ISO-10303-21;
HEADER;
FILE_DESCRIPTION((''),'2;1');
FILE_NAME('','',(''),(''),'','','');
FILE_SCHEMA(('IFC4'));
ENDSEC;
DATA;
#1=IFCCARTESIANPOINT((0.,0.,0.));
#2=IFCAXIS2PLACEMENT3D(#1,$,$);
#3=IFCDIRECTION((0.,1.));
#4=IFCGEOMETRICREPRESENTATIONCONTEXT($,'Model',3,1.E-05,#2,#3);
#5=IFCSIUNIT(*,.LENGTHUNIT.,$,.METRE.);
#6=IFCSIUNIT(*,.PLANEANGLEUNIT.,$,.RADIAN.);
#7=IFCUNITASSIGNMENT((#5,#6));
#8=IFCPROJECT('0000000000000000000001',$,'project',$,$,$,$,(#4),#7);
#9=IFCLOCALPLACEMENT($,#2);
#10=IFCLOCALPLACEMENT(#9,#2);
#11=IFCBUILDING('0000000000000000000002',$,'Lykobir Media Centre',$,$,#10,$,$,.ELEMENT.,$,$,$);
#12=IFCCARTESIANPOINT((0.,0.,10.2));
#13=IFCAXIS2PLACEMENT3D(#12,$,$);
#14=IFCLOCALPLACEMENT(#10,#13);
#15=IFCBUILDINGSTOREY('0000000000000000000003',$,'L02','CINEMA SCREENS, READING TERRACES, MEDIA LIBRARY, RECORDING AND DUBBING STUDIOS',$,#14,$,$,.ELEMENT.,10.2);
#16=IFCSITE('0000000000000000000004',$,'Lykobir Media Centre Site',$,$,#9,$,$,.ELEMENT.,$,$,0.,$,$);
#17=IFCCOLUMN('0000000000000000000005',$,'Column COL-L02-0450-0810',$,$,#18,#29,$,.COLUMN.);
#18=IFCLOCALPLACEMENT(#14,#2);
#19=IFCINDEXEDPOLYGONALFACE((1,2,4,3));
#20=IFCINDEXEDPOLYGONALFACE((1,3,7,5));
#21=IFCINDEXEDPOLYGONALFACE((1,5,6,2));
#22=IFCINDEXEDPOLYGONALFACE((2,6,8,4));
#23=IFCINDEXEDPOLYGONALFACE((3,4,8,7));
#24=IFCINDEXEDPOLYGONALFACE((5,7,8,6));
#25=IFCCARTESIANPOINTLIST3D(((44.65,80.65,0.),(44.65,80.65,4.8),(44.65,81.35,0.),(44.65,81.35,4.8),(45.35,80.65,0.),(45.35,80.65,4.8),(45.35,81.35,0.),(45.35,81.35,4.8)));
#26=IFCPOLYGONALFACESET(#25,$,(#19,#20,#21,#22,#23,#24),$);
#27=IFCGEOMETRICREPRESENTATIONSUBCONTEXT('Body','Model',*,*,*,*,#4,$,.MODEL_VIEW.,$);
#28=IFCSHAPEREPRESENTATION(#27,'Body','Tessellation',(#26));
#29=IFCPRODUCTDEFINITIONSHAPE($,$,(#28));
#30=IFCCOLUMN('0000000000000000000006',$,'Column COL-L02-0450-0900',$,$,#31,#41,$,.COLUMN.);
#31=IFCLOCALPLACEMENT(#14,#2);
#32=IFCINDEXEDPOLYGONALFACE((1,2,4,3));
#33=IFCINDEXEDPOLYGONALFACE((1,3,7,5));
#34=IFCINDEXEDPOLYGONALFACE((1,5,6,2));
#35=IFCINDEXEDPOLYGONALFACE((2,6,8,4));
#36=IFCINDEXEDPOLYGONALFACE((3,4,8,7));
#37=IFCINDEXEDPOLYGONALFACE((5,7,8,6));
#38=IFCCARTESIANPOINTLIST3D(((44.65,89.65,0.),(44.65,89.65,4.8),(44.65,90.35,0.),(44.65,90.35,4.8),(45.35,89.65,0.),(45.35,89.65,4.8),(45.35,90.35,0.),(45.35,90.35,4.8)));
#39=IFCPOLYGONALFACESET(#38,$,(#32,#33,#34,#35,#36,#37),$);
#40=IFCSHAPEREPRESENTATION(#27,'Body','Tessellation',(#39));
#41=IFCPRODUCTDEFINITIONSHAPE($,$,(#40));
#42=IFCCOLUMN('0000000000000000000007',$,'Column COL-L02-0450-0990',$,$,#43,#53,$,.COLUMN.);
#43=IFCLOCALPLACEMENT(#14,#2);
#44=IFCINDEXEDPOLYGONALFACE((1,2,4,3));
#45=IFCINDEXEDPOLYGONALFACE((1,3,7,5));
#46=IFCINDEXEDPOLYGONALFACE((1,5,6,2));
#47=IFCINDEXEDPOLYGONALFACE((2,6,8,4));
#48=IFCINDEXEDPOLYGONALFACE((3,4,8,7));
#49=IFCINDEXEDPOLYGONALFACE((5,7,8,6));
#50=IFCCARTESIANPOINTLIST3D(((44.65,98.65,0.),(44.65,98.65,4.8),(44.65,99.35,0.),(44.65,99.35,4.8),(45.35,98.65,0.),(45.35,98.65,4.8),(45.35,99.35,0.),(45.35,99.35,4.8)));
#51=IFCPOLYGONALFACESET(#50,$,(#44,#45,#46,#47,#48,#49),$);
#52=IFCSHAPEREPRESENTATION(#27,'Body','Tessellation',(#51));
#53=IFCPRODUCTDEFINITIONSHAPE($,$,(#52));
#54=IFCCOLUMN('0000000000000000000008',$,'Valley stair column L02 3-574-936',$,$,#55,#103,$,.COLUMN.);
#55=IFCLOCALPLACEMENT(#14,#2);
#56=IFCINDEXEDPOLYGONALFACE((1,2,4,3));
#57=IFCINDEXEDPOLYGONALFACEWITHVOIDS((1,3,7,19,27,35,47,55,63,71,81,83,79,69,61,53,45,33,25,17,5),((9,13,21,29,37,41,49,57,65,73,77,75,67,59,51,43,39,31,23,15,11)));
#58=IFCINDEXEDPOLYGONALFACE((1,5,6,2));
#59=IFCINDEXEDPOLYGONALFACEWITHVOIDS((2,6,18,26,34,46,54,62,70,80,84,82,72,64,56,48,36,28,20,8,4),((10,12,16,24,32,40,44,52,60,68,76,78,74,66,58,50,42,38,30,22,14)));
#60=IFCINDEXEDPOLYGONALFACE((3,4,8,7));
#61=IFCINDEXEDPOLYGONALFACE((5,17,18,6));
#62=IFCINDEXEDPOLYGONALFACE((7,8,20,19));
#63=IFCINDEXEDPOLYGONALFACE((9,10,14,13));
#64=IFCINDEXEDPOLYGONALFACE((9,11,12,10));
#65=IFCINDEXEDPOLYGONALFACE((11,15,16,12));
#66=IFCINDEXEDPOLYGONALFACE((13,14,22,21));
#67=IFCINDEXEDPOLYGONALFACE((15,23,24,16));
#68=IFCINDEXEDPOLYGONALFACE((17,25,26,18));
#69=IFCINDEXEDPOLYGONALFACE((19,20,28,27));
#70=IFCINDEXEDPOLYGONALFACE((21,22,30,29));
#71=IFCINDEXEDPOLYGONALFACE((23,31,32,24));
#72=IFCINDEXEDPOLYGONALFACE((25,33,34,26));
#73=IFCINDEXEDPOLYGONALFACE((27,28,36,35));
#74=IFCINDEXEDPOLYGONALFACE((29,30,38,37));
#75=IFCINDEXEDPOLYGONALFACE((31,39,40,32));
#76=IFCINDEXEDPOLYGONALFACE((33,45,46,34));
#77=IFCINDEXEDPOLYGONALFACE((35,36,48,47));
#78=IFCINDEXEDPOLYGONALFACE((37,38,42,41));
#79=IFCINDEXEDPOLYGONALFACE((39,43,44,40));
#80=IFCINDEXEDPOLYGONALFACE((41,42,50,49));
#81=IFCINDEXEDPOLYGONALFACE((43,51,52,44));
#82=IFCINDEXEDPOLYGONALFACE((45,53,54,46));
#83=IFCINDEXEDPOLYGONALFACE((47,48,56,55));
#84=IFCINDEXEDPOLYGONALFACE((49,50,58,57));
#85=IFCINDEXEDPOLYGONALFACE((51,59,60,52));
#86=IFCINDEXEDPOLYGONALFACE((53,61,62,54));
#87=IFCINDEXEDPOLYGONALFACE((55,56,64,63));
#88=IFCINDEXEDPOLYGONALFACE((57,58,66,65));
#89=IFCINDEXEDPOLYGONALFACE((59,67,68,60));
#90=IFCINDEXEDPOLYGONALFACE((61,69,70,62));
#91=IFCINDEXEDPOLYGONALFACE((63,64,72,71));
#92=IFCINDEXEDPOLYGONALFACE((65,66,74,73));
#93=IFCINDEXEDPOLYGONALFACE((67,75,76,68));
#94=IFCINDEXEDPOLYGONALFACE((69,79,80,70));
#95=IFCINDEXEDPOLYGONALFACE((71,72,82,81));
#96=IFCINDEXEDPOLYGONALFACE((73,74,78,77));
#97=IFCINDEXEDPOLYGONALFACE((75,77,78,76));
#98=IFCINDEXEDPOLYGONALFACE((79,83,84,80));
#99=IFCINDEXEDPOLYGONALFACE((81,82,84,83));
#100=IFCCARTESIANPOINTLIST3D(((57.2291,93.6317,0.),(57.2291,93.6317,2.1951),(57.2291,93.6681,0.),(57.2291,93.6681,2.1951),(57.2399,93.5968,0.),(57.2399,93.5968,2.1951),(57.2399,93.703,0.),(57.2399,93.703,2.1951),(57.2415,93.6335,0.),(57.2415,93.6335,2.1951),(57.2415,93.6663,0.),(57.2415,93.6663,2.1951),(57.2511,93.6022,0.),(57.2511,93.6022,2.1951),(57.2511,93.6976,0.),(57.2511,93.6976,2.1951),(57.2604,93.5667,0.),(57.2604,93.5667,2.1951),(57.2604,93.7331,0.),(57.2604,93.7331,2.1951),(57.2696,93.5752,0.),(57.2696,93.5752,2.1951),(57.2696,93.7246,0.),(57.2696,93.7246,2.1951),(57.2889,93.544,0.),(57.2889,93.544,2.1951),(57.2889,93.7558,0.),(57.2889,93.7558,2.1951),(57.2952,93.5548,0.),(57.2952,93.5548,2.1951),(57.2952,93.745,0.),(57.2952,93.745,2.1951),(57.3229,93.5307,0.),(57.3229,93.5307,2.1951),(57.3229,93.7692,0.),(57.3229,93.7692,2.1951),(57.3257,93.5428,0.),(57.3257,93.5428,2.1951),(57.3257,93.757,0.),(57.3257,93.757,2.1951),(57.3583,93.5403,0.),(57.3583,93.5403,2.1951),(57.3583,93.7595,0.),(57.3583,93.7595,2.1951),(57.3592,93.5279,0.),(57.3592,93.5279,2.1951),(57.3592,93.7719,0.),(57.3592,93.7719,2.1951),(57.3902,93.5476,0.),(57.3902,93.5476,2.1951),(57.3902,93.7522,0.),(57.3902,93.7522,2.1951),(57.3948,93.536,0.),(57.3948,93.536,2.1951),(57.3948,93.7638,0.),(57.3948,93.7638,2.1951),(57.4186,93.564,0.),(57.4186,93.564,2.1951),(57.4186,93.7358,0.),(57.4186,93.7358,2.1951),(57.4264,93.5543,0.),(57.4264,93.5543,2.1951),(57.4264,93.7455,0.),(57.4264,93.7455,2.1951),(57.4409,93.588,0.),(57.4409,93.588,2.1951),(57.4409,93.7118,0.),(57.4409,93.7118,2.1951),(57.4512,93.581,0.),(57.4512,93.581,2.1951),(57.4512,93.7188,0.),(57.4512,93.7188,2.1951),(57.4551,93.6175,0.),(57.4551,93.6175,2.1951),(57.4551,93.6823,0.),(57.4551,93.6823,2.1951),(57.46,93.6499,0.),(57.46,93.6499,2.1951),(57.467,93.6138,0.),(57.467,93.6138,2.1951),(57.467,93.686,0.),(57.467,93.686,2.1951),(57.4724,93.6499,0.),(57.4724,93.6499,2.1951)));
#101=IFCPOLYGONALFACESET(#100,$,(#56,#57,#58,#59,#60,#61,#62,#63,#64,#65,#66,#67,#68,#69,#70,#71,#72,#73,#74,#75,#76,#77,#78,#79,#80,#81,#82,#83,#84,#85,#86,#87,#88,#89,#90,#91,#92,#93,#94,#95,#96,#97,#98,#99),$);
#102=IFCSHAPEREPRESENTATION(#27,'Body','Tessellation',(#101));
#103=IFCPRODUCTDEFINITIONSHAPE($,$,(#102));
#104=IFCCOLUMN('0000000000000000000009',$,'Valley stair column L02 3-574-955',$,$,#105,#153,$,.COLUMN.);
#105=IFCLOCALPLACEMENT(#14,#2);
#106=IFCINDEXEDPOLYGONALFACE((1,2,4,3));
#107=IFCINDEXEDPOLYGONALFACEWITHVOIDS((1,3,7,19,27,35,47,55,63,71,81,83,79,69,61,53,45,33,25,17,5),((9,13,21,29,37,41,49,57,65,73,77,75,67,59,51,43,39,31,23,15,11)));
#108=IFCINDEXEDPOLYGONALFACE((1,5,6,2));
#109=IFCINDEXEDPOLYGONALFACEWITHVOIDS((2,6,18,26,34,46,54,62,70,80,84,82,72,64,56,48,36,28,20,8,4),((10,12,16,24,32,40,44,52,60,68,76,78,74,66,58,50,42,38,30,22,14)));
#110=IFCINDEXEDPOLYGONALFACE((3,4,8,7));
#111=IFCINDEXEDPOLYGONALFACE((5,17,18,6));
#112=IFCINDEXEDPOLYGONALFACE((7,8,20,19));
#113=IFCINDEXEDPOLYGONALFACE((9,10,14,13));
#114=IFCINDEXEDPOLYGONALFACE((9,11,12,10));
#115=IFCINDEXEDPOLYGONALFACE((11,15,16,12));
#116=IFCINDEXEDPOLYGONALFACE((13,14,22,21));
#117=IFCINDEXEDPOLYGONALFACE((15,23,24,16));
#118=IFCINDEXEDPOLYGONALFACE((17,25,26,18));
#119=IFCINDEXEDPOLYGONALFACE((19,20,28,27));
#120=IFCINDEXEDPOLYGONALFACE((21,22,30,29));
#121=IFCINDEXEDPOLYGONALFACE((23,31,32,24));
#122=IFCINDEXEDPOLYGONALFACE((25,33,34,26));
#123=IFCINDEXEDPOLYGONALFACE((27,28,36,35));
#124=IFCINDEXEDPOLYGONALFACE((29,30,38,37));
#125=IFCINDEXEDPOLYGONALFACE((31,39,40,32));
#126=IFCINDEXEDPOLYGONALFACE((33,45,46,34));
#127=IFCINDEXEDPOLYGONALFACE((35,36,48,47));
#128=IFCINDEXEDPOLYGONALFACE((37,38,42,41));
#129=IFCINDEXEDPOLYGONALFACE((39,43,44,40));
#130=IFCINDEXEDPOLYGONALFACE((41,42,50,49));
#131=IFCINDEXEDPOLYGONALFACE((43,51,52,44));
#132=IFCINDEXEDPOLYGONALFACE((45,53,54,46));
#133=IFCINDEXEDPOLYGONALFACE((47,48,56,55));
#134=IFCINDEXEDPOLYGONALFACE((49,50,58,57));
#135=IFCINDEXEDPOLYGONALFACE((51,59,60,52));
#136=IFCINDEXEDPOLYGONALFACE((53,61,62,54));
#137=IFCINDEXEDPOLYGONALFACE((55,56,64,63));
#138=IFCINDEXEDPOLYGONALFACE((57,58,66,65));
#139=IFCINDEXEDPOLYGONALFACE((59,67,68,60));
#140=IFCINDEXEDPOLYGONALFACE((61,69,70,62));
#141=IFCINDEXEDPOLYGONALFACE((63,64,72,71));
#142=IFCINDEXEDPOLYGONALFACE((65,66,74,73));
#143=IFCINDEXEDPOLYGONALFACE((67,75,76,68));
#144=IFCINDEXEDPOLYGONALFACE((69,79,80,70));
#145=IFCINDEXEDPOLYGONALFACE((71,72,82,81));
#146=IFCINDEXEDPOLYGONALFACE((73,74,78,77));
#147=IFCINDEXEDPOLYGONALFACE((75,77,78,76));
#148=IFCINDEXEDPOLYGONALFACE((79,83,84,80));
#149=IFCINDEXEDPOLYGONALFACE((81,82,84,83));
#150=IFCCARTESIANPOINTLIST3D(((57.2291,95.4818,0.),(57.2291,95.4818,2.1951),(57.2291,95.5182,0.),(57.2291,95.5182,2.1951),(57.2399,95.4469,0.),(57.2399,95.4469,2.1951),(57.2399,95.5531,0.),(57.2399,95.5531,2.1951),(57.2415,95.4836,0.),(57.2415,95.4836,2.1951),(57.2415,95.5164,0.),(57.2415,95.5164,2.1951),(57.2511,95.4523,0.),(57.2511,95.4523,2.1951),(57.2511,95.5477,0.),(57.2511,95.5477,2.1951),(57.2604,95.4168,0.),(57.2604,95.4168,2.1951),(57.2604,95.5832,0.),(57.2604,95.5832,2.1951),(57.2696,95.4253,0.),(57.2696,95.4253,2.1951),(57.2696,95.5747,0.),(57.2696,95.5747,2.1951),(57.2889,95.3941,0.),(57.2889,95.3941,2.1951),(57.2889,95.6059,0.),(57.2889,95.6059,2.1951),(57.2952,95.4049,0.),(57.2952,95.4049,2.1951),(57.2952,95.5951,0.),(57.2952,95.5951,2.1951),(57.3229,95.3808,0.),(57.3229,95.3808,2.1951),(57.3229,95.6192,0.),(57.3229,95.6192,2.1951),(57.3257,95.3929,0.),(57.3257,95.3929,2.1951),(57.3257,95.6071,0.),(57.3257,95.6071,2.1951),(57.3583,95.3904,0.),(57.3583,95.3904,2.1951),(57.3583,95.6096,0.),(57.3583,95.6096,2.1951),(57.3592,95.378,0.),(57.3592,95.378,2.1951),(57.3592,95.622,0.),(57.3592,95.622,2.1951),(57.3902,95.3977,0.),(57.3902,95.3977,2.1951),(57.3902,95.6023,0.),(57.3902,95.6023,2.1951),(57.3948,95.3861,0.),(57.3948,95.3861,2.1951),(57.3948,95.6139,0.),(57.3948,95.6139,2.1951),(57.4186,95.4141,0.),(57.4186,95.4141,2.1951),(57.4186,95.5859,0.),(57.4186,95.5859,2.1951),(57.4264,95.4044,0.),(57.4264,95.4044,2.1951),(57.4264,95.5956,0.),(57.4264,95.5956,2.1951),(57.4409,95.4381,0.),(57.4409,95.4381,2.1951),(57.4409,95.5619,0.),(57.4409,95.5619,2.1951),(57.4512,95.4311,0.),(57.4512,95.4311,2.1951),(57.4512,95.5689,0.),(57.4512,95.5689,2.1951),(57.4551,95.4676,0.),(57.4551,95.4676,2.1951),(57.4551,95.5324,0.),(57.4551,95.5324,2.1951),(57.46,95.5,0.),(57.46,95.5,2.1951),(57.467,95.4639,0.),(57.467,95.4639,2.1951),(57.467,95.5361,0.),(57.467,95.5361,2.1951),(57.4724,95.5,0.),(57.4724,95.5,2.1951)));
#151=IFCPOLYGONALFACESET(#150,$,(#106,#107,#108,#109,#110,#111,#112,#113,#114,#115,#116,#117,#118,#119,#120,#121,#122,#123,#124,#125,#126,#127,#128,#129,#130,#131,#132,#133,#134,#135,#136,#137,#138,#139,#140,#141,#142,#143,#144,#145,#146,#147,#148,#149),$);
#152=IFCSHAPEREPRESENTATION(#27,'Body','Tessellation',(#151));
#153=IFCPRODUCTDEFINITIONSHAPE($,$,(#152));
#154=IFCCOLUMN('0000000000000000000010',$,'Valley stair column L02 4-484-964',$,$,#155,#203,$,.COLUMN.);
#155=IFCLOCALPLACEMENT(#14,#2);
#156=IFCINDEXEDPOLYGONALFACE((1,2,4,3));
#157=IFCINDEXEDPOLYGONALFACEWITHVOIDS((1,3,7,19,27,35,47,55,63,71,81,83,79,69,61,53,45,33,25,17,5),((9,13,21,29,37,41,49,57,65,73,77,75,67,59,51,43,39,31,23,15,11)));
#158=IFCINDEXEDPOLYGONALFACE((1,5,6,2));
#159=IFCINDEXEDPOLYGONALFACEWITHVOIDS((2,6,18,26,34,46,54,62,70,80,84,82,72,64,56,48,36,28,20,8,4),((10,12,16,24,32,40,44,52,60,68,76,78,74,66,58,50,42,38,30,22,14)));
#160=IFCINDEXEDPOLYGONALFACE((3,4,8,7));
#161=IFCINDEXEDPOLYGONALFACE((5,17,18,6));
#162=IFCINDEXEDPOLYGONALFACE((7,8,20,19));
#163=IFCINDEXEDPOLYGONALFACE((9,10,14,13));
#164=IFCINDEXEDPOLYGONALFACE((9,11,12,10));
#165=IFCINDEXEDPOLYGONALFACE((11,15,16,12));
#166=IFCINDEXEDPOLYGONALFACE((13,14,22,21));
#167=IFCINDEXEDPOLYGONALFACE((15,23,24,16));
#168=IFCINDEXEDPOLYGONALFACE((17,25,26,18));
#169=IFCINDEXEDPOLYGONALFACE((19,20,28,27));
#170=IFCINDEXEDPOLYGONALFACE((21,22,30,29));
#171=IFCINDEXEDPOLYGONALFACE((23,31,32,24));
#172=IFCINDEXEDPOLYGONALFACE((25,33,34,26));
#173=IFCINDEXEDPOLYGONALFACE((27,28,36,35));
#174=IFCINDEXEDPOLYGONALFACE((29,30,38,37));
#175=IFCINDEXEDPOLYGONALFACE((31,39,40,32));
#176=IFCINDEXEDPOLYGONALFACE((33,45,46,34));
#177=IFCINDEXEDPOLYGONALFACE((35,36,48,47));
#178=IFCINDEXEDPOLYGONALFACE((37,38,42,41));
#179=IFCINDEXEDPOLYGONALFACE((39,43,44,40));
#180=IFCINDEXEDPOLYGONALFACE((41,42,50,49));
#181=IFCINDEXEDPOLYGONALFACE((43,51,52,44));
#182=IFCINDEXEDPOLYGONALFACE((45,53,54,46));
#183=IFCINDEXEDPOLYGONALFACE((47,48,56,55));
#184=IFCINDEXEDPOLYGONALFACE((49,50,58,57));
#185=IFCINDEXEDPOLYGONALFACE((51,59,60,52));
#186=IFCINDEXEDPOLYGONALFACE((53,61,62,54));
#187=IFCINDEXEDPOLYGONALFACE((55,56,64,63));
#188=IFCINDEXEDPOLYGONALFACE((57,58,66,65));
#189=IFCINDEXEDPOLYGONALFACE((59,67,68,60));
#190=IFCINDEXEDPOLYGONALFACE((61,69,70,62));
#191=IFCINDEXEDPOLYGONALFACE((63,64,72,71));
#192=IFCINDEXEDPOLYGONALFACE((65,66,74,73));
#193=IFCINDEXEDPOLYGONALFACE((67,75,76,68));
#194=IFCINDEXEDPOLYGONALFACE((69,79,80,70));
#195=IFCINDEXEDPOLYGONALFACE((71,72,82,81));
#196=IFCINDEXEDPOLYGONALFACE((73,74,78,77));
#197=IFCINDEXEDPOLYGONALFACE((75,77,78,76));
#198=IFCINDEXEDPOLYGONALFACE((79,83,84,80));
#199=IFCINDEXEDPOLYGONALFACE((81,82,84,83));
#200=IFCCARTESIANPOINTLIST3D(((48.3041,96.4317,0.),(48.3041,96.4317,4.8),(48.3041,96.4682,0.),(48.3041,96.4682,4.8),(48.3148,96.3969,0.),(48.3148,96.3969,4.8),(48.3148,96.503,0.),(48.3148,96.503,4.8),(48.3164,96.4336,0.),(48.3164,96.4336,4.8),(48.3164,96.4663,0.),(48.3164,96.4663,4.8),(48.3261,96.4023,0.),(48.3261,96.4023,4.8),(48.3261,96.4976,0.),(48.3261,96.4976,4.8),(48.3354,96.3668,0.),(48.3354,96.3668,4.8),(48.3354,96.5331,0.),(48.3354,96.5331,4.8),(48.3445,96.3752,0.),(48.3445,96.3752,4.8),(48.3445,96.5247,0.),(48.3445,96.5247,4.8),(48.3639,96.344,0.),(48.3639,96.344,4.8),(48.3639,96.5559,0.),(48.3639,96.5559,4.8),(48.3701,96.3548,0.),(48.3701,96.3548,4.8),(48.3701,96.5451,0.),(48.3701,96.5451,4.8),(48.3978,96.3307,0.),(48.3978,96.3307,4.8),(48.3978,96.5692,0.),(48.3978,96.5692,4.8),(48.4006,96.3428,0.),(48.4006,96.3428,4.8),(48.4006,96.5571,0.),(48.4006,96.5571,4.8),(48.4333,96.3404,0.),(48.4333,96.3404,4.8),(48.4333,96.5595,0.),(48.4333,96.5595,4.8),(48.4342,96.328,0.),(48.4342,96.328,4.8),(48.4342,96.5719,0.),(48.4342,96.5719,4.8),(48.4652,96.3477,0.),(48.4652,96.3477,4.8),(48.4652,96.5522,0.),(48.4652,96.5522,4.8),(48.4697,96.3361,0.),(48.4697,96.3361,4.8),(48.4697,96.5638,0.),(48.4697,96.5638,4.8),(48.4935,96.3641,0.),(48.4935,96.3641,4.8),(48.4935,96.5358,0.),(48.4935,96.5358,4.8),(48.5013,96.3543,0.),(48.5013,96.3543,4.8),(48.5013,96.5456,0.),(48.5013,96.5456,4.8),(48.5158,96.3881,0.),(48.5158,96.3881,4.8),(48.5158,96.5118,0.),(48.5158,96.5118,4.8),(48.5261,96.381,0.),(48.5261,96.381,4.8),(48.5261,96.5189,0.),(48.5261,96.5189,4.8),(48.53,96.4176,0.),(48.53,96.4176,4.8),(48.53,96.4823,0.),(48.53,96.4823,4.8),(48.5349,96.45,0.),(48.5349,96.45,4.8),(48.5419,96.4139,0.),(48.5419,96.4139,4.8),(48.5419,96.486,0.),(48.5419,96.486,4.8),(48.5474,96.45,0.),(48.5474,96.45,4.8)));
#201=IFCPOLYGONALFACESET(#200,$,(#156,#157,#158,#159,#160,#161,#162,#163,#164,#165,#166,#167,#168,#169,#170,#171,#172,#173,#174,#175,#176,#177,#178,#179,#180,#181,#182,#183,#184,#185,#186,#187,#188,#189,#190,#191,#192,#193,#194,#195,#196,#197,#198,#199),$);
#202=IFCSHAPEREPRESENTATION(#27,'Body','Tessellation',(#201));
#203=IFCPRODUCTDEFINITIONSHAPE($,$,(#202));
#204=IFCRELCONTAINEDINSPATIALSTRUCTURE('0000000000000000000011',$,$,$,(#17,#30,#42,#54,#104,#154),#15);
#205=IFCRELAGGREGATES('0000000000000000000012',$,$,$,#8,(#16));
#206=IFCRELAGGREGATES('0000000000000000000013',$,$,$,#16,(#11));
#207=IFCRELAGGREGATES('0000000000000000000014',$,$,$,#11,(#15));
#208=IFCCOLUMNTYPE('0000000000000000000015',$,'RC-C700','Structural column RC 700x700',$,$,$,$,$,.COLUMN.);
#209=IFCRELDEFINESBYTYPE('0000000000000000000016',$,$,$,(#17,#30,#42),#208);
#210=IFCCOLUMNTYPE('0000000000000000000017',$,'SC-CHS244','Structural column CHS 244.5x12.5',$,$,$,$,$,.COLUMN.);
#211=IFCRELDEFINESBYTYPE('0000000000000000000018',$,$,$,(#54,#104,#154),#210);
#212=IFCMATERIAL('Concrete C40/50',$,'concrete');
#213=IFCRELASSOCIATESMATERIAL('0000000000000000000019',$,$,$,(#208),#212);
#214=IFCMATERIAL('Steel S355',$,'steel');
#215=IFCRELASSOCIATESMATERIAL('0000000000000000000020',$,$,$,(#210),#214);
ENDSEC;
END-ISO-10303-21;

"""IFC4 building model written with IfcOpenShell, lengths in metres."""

from ifc_helpers import new_model, si_unit, direction, frame, origin, origin_2d, place, context, subcontext, project, spatial, rectangle, hollow_circle, extrude, material, material_profile, profile_set, type_object, element, save


model = new_model("IFC4")

# Units and contexts
model_context = context("Model", 3, precision=1e-05, world=origin(), true_north=direction((0.0, 1.0)))
body_context = subcontext(model_context, "Body", "Model", "MODEL_VIEW")
ifc_project = project(units=[si_unit("LENGTHUNIT", "METRE"), si_unit("PLANEANGLEUNIT", "RADIAN")], contexts=[model_context])

# Site, building, storey
site_placement = place(None, origin())
site = spatial("IfcSite", under=ifc_project, at=site_placement, Name="Lykobir Media Centre Site", CompositionType="ELEMENT", RefElevation=0.0)
building_placement = place(site_placement, origin())
building = spatial("IfcBuilding", under=site, at=building_placement, Name="Lykobir Media Centre", CompositionType="ELEMENT")
storey_placement = place(building_placement, frame((0.0, 0.0, 10.2)))
storey = spatial("IfcBuildingStorey", under=building, at=storey_placement, Name="L02", Description="CINEMA SCREENS, READING TERRACES, MEDIA LIBRARY, RECORDING AND DUBBING STUDIOS", CompositionType="ELEMENT", Elevation=10.2)

# Columns
ifc_material_1 = material(Name="Concrete C40/50", Category="concrete")
ifc_material_profile_1 = material_profile(ifc_material_1, rectangle(XDim=0.7, YDim=0.7, at=origin_2d()), Name="RC 700x700")
ifc_profile_set_1 = profile_set([ifc_material_profile_1], Name="Concrete C40/50")
column_type_1 = type_object("IfcColumnType", Name="RC-C700", Description="Structural column RC 700x700", PredefinedType="COLUMN", material=ifc_profile_set_1)
for number, where, z_axis, x_axis, name in (
    (1, (45.0, 81.0, 0.0), (0.0, 0.0, 1.0), (1.0, 0.0, 0.0), "Column COL-L02-0450-0810"),
    (2, (45.0, 90.0, 0.0), (0.0, 0.0, 1.0), (1.0, 0.0, 0.0), "Column COL-L02-0450-0900"),
    (3, (45.0, 99.0, 0.0), (0.0, 0.0, 1.0), (1.0, 0.0, 0.0), "Column COL-L02-0450-0990"),
):
    element("IfcColumn", number, at=place(storey_placement, frame(where, z_axis=z_axis, x_axis=x_axis)), inside=storey, type_object=column_type_1, Name=name, PredefinedType="COLUMN", context=body_context, shape_type="SweptSolid", body=[
        extrude(rectangle(XDim=0.7, YDim=0.7, at=origin_2d()), origin(), (0.0, 0.0, 1.0), 4.8),
    ])
ifc_material_2 = material(Name="Steel S355", Category="steel")
ifc_material_profile_2 = material_profile(ifc_material_2, hollow_circle(Radius=0.1223, WallThickness=0.0125, at=origin_2d()), Name="CHS 244.5x12.5")
ifc_profile_set_2 = profile_set([ifc_material_profile_2], Name="Steel S355")
column_type_2 = type_object("IfcColumnType", Name="SC-CHS244", Description="Structural column CHS 244.5x12.5", PredefinedType="COLUMN", material=ifc_profile_set_2)
for number, where, z_axis, x_axis, name in (
    (4, (57.3501, 93.6499, 0.0), (0.0, 0.0, 1.0), (1.0, 0.0, 0.0), "Valley stair column L02 3-574-936"),
    (5, (57.3501, 95.5, 0.0), (0.0, 0.0, 1.0), (1.0, 0.0, 0.0), "Valley stair column L02 3-574-955"),
):
    element("IfcColumn", number, at=place(storey_placement, frame(where, z_axis=z_axis, x_axis=x_axis)), inside=storey, type_object=column_type_2, Name=name, PredefinedType="COLUMN", context=body_context, shape_type="SweptSolid", body=[
        extrude(hollow_circle(Radius=0.1223, WallThickness=0.0125, at=origin_2d()), origin(), (0.0, 0.0, 1.0), 2.1951),
    ])
for number, where, z_axis, x_axis, name in (
    (6, (48.425, 96.45, 0.0), (0.0, 0.0, 1.0), (1.0, 0.0, 0.0), "Valley stair column L02 4-484-964"),
):
    element("IfcColumn", number, at=place(storey_placement, frame(where, z_axis=z_axis, x_axis=x_axis)), inside=storey, type_object=column_type_2, Name=name, PredefinedType="COLUMN", context=body_context, shape_type="SweptSolid", body=[
        extrude(hollow_circle(Radius=0.1223, WallThickness=0.0125, at=origin_2d()), origin(), (0.0, 0.0, 1.0), 4.8),
    ])

save(model, "model.ifc")
